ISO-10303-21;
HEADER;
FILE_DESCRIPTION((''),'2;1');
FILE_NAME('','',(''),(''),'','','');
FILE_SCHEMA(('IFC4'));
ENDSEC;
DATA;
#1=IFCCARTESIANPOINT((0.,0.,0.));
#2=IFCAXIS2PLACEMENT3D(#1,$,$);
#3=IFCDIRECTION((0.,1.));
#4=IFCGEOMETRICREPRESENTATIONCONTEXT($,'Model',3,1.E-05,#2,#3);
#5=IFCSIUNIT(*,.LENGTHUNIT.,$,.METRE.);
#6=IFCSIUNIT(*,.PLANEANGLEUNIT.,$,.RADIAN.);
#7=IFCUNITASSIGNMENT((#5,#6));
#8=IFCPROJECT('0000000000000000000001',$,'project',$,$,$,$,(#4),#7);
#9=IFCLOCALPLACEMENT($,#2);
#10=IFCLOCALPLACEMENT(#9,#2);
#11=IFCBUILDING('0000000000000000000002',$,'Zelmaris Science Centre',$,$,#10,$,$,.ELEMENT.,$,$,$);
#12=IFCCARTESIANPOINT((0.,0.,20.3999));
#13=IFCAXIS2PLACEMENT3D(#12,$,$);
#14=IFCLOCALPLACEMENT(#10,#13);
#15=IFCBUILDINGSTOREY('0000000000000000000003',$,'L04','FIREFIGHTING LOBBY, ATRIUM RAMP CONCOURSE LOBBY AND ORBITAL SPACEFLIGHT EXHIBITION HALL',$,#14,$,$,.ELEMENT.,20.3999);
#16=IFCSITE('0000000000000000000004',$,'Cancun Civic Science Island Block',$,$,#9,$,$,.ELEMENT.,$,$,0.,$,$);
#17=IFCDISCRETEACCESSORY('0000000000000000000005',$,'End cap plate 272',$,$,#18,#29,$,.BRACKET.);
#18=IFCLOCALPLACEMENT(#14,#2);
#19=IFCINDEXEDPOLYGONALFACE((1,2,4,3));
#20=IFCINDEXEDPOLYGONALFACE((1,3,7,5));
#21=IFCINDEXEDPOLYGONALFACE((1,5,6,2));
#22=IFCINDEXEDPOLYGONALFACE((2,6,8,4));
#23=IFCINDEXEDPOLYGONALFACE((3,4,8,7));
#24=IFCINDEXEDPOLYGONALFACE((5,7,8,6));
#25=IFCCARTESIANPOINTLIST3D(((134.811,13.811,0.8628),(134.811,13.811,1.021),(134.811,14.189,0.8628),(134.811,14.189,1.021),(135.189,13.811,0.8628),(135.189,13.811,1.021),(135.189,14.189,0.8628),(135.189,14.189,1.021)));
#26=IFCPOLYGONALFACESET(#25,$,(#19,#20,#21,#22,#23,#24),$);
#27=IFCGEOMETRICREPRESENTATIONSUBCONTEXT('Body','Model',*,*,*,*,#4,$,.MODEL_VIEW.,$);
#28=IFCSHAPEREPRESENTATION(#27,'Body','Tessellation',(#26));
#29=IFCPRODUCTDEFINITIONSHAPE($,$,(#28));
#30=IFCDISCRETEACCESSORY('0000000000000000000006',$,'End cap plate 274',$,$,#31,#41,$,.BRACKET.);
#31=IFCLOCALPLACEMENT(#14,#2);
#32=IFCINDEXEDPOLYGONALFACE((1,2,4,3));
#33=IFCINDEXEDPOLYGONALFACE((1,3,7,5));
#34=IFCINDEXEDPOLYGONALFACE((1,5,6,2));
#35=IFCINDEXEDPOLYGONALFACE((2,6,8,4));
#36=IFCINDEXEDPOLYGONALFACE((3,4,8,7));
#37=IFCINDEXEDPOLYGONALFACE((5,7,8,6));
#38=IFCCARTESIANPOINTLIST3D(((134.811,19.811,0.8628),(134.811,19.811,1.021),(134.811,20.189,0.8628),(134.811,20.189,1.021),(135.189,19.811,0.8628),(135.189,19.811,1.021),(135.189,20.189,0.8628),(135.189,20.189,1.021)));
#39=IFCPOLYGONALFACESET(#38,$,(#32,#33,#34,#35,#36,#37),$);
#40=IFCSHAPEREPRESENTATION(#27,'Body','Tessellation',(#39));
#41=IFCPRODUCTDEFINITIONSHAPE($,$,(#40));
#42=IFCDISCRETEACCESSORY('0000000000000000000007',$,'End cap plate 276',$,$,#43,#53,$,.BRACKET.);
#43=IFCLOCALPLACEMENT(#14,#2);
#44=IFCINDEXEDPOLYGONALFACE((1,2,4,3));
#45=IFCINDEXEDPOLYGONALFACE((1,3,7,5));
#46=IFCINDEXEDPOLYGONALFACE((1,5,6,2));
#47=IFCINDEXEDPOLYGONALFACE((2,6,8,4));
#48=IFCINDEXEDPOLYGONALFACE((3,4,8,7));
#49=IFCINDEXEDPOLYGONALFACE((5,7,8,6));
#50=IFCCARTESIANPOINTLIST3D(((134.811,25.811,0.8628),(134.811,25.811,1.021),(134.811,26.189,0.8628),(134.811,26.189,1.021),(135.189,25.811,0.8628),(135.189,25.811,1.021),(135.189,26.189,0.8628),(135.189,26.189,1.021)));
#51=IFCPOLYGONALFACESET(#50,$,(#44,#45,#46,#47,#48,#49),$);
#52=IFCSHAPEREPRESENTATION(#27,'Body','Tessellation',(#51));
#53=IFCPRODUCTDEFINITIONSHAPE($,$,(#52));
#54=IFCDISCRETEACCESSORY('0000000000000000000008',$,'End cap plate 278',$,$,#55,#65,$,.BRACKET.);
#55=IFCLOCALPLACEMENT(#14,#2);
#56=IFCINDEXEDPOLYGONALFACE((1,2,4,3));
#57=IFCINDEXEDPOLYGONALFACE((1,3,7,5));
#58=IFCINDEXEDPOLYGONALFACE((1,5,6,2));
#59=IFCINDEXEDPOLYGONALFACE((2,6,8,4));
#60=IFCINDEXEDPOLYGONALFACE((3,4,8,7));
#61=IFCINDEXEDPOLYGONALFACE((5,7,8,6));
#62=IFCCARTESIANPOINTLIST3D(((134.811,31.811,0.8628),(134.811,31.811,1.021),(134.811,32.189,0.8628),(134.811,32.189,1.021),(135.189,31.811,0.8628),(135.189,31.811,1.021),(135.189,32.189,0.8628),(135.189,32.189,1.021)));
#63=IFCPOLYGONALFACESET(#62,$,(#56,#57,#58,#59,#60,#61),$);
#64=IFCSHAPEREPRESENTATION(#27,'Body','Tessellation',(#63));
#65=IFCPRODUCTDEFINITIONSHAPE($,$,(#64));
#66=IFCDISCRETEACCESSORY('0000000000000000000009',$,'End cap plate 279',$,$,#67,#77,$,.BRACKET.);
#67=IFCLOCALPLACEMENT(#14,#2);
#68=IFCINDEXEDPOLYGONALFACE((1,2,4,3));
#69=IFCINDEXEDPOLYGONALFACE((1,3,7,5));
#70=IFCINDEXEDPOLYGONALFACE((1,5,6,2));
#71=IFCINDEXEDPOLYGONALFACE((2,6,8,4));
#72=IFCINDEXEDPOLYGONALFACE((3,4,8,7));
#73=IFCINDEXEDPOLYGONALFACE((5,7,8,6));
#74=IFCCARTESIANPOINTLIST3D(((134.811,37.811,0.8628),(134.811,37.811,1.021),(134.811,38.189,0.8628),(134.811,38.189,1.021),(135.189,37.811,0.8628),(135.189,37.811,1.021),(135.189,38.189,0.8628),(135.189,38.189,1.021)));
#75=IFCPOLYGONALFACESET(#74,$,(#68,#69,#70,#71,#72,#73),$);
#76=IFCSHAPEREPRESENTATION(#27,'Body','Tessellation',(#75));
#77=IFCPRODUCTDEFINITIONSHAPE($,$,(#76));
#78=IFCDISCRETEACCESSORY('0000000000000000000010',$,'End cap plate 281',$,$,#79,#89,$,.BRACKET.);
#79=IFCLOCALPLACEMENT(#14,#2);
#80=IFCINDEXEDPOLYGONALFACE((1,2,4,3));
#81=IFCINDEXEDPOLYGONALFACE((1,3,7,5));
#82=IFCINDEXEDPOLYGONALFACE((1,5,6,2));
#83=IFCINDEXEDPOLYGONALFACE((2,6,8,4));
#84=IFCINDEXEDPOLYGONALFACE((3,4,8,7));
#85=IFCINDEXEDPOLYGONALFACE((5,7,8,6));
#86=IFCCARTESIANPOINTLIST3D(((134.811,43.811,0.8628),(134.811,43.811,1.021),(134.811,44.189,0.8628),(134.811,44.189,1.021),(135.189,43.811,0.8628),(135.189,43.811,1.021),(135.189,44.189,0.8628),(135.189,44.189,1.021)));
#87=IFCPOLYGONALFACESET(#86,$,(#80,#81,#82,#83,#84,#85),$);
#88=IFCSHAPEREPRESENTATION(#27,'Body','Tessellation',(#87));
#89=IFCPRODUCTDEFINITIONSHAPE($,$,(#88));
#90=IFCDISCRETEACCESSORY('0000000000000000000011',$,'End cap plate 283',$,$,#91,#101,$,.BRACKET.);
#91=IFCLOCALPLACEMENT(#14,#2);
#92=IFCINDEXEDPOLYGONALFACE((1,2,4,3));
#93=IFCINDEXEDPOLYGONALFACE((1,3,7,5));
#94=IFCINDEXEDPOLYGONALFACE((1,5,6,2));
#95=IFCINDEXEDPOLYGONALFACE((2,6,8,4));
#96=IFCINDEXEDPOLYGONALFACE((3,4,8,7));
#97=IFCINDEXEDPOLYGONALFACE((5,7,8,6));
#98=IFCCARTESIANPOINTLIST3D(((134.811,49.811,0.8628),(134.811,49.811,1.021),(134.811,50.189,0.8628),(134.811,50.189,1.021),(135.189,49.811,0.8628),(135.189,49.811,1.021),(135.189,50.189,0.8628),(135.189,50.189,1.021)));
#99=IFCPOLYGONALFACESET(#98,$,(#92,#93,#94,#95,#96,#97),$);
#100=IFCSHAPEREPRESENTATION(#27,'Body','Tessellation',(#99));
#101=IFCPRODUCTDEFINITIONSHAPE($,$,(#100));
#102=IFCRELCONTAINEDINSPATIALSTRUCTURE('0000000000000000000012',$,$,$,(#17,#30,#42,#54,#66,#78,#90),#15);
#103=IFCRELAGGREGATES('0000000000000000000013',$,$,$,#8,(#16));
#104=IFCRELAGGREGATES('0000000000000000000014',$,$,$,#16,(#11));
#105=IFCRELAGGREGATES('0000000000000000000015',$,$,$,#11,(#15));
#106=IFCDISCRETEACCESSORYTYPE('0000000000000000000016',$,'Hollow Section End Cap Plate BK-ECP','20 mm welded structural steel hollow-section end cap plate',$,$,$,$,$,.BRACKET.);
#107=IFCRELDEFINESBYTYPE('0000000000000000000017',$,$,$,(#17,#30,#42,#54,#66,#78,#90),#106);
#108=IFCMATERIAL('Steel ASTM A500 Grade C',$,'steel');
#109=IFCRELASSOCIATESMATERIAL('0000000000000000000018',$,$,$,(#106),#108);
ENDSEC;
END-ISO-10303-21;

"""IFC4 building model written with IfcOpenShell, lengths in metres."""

from ifc_helpers import new_model, si_unit, direction, frame, origin, place, context, subcontext, project, spatial, polyline, outline, extrude, material, type_object, element, save


model = new_model("IFC4")

# Units and contexts
model_context = context("Model", 3, precision=1e-05, world=origin(), true_north=direction((0.0, 1.0)))
body_context = subcontext(model_context, "Body", "Model", "MODEL_VIEW")
ifc_project = project(units=[si_unit("LENGTHUNIT", "METRE"), si_unit("PLANEANGLEUNIT", "RADIAN")], contexts=[model_context])

# Site, building, storey
site_placement = place(None, origin())
site = spatial("IfcSite", under=ifc_project, at=site_placement, Name="Cancun Civic Science Island Block", CompositionType="ELEMENT", RefElevation=0.0)
building_placement = place(site_placement, origin())
building = spatial("IfcBuilding", under=site, at=building_placement, Name="Zelmaris Science Centre", CompositionType="ELEMENT")
storey_placement = place(building_placement, frame((0.0, 0.0, 20.3999)))
storey = spatial("IfcBuildingStorey", under=building, at=storey_placement, Name="L04", Description="FIREFIGHTING LOBBY, ATRIUM RAMP CONCOURSE LOBBY AND ORBITAL SPACEFLIGHT EXHIBITION HALL", CompositionType="ELEMENT", Elevation=20.3999)

# Discrete accessories
ifc_material = material(Name="Steel ASTM A500 Grade C", Category="steel")
discrete_accessory_type = type_object("IfcDiscreteAccessoryType", Name="Hollow Section End Cap Plate BK-ECP", Description="20 mm welded structural steel hollow-section end cap plate", PredefinedType="BRACKET", material=ifc_material)
discrete_accessory_1_placement = place(storey_placement, frame((0.0, 0.0, 0.8628)))
element("IfcDiscreteAccessory", 1, at=discrete_accessory_1_placement, inside=storey, type_object=discrete_accessory_type, Name="End cap plate 272", PredefinedType="BRACKET", context=body_context, shape_type="SweptSolid", body=[
    extrude(outline(polyline([(134.811, 13.811), (135.189, 13.811), (135.189, 14.189), (134.811, 14.189), (134.811, 13.811)])), origin(), (0.0, 0.0, 1.0), 0.1582),
])
discrete_accessory_2_placement = place(storey_placement, frame((0.0, 0.0, 0.8628)))
element("IfcDiscreteAccessory", 2, at=discrete_accessory_2_placement, inside=storey, type_object=discrete_accessory_type, Name="End cap plate 274", PredefinedType="BRACKET", context=body_context, shape_type="SweptSolid", body=[
    extrude(outline(polyline([(134.811, 19.811), (135.189, 19.811), (135.189, 20.189), (134.811, 20.189), (134.811, 19.811)])), origin(), (0.0, 0.0, 1.0), 0.1582),
])
discrete_accessory_3_placement = place(storey_placement, frame((0.0, 0.0, 0.8628)))
element("IfcDiscreteAccessory", 3, at=discrete_accessory_3_placement, inside=storey, type_object=discrete_accessory_type, Name="End cap plate 276", PredefinedType="BRACKET", context=body_context, shape_type="SweptSolid", body=[
    extrude(outline(polyline([(134.811, 25.811), (135.189, 25.811), (135.189, 26.189), (134.811, 26.189), (134.811, 25.811)])), origin(), (0.0, 0.0, 1.0), 0.1582),
])
discrete_accessory_4_placement = place(storey_placement, frame((0.0, 0.0, 0.8628)))
element("IfcDiscreteAccessory", 4, at=discrete_accessory_4_placement, inside=storey, type_object=discrete_accessory_type, Name="End cap plate 278", PredefinedType="BRACKET", context=body_context, shape_type="SweptSolid", body=[
    extrude(outline(polyline([(134.811, 31.811), (135.189, 31.811), (135.189, 32.189), (134.811, 32.189), (134.811, 31.811)])), origin(), (0.0, 0.0, 1.0), 0.1582),
])
discrete_accessory_5_placement = place(storey_placement, frame((0.0, 0.0, 0.8628)))
element("IfcDiscreteAccessory", 5, at=discrete_accessory_5_placement, inside=storey, type_object=discrete_accessory_type, Name="End cap plate 279", PredefinedType="BRACKET", context=body_context, shape_type="SweptSolid", body=[
    extrude(outline(polyline([(134.811, 37.811), (135.189, 37.811), (135.189, 38.189), (134.811, 38.189), (134.811, 37.811)])), origin(), (0.0, 0.0, 1.0), 0.1582),
])
discrete_accessory_6_placement = place(storey_placement, frame((0.0, 0.0, 0.8628)))
element("IfcDiscreteAccessory", 6, at=discrete_accessory_6_placement, inside=storey, type_object=discrete_accessory_type, Name="End cap plate 281", PredefinedType="BRACKET", context=body_context, shape_type="SweptSolid", body=[
    extrude(outline(polyline([(134.811, 43.811), (135.189, 43.811), (135.189, 44.189), (134.811, 44.189), (134.811, 43.811)])), origin(), (0.0, 0.0, 1.0), 0.1582),
])
discrete_accessory_7_placement = place(storey_placement, frame((0.0, 0.0, 0.8628)))
element("IfcDiscreteAccessory", 7, at=discrete_accessory_7_placement, inside=storey, type_object=discrete_accessory_type, Name="End cap plate 283", PredefinedType="BRACKET", context=body_context, shape_type="SweptSolid", body=[
    extrude(outline(polyline([(134.811, 49.811), (135.189, 49.811), (135.189, 50.189), (134.811, 50.189), (134.811, 49.811)])), origin(), (0.0, 0.0, 1.0), 0.1582),
])

save(model, "model.ifc")
